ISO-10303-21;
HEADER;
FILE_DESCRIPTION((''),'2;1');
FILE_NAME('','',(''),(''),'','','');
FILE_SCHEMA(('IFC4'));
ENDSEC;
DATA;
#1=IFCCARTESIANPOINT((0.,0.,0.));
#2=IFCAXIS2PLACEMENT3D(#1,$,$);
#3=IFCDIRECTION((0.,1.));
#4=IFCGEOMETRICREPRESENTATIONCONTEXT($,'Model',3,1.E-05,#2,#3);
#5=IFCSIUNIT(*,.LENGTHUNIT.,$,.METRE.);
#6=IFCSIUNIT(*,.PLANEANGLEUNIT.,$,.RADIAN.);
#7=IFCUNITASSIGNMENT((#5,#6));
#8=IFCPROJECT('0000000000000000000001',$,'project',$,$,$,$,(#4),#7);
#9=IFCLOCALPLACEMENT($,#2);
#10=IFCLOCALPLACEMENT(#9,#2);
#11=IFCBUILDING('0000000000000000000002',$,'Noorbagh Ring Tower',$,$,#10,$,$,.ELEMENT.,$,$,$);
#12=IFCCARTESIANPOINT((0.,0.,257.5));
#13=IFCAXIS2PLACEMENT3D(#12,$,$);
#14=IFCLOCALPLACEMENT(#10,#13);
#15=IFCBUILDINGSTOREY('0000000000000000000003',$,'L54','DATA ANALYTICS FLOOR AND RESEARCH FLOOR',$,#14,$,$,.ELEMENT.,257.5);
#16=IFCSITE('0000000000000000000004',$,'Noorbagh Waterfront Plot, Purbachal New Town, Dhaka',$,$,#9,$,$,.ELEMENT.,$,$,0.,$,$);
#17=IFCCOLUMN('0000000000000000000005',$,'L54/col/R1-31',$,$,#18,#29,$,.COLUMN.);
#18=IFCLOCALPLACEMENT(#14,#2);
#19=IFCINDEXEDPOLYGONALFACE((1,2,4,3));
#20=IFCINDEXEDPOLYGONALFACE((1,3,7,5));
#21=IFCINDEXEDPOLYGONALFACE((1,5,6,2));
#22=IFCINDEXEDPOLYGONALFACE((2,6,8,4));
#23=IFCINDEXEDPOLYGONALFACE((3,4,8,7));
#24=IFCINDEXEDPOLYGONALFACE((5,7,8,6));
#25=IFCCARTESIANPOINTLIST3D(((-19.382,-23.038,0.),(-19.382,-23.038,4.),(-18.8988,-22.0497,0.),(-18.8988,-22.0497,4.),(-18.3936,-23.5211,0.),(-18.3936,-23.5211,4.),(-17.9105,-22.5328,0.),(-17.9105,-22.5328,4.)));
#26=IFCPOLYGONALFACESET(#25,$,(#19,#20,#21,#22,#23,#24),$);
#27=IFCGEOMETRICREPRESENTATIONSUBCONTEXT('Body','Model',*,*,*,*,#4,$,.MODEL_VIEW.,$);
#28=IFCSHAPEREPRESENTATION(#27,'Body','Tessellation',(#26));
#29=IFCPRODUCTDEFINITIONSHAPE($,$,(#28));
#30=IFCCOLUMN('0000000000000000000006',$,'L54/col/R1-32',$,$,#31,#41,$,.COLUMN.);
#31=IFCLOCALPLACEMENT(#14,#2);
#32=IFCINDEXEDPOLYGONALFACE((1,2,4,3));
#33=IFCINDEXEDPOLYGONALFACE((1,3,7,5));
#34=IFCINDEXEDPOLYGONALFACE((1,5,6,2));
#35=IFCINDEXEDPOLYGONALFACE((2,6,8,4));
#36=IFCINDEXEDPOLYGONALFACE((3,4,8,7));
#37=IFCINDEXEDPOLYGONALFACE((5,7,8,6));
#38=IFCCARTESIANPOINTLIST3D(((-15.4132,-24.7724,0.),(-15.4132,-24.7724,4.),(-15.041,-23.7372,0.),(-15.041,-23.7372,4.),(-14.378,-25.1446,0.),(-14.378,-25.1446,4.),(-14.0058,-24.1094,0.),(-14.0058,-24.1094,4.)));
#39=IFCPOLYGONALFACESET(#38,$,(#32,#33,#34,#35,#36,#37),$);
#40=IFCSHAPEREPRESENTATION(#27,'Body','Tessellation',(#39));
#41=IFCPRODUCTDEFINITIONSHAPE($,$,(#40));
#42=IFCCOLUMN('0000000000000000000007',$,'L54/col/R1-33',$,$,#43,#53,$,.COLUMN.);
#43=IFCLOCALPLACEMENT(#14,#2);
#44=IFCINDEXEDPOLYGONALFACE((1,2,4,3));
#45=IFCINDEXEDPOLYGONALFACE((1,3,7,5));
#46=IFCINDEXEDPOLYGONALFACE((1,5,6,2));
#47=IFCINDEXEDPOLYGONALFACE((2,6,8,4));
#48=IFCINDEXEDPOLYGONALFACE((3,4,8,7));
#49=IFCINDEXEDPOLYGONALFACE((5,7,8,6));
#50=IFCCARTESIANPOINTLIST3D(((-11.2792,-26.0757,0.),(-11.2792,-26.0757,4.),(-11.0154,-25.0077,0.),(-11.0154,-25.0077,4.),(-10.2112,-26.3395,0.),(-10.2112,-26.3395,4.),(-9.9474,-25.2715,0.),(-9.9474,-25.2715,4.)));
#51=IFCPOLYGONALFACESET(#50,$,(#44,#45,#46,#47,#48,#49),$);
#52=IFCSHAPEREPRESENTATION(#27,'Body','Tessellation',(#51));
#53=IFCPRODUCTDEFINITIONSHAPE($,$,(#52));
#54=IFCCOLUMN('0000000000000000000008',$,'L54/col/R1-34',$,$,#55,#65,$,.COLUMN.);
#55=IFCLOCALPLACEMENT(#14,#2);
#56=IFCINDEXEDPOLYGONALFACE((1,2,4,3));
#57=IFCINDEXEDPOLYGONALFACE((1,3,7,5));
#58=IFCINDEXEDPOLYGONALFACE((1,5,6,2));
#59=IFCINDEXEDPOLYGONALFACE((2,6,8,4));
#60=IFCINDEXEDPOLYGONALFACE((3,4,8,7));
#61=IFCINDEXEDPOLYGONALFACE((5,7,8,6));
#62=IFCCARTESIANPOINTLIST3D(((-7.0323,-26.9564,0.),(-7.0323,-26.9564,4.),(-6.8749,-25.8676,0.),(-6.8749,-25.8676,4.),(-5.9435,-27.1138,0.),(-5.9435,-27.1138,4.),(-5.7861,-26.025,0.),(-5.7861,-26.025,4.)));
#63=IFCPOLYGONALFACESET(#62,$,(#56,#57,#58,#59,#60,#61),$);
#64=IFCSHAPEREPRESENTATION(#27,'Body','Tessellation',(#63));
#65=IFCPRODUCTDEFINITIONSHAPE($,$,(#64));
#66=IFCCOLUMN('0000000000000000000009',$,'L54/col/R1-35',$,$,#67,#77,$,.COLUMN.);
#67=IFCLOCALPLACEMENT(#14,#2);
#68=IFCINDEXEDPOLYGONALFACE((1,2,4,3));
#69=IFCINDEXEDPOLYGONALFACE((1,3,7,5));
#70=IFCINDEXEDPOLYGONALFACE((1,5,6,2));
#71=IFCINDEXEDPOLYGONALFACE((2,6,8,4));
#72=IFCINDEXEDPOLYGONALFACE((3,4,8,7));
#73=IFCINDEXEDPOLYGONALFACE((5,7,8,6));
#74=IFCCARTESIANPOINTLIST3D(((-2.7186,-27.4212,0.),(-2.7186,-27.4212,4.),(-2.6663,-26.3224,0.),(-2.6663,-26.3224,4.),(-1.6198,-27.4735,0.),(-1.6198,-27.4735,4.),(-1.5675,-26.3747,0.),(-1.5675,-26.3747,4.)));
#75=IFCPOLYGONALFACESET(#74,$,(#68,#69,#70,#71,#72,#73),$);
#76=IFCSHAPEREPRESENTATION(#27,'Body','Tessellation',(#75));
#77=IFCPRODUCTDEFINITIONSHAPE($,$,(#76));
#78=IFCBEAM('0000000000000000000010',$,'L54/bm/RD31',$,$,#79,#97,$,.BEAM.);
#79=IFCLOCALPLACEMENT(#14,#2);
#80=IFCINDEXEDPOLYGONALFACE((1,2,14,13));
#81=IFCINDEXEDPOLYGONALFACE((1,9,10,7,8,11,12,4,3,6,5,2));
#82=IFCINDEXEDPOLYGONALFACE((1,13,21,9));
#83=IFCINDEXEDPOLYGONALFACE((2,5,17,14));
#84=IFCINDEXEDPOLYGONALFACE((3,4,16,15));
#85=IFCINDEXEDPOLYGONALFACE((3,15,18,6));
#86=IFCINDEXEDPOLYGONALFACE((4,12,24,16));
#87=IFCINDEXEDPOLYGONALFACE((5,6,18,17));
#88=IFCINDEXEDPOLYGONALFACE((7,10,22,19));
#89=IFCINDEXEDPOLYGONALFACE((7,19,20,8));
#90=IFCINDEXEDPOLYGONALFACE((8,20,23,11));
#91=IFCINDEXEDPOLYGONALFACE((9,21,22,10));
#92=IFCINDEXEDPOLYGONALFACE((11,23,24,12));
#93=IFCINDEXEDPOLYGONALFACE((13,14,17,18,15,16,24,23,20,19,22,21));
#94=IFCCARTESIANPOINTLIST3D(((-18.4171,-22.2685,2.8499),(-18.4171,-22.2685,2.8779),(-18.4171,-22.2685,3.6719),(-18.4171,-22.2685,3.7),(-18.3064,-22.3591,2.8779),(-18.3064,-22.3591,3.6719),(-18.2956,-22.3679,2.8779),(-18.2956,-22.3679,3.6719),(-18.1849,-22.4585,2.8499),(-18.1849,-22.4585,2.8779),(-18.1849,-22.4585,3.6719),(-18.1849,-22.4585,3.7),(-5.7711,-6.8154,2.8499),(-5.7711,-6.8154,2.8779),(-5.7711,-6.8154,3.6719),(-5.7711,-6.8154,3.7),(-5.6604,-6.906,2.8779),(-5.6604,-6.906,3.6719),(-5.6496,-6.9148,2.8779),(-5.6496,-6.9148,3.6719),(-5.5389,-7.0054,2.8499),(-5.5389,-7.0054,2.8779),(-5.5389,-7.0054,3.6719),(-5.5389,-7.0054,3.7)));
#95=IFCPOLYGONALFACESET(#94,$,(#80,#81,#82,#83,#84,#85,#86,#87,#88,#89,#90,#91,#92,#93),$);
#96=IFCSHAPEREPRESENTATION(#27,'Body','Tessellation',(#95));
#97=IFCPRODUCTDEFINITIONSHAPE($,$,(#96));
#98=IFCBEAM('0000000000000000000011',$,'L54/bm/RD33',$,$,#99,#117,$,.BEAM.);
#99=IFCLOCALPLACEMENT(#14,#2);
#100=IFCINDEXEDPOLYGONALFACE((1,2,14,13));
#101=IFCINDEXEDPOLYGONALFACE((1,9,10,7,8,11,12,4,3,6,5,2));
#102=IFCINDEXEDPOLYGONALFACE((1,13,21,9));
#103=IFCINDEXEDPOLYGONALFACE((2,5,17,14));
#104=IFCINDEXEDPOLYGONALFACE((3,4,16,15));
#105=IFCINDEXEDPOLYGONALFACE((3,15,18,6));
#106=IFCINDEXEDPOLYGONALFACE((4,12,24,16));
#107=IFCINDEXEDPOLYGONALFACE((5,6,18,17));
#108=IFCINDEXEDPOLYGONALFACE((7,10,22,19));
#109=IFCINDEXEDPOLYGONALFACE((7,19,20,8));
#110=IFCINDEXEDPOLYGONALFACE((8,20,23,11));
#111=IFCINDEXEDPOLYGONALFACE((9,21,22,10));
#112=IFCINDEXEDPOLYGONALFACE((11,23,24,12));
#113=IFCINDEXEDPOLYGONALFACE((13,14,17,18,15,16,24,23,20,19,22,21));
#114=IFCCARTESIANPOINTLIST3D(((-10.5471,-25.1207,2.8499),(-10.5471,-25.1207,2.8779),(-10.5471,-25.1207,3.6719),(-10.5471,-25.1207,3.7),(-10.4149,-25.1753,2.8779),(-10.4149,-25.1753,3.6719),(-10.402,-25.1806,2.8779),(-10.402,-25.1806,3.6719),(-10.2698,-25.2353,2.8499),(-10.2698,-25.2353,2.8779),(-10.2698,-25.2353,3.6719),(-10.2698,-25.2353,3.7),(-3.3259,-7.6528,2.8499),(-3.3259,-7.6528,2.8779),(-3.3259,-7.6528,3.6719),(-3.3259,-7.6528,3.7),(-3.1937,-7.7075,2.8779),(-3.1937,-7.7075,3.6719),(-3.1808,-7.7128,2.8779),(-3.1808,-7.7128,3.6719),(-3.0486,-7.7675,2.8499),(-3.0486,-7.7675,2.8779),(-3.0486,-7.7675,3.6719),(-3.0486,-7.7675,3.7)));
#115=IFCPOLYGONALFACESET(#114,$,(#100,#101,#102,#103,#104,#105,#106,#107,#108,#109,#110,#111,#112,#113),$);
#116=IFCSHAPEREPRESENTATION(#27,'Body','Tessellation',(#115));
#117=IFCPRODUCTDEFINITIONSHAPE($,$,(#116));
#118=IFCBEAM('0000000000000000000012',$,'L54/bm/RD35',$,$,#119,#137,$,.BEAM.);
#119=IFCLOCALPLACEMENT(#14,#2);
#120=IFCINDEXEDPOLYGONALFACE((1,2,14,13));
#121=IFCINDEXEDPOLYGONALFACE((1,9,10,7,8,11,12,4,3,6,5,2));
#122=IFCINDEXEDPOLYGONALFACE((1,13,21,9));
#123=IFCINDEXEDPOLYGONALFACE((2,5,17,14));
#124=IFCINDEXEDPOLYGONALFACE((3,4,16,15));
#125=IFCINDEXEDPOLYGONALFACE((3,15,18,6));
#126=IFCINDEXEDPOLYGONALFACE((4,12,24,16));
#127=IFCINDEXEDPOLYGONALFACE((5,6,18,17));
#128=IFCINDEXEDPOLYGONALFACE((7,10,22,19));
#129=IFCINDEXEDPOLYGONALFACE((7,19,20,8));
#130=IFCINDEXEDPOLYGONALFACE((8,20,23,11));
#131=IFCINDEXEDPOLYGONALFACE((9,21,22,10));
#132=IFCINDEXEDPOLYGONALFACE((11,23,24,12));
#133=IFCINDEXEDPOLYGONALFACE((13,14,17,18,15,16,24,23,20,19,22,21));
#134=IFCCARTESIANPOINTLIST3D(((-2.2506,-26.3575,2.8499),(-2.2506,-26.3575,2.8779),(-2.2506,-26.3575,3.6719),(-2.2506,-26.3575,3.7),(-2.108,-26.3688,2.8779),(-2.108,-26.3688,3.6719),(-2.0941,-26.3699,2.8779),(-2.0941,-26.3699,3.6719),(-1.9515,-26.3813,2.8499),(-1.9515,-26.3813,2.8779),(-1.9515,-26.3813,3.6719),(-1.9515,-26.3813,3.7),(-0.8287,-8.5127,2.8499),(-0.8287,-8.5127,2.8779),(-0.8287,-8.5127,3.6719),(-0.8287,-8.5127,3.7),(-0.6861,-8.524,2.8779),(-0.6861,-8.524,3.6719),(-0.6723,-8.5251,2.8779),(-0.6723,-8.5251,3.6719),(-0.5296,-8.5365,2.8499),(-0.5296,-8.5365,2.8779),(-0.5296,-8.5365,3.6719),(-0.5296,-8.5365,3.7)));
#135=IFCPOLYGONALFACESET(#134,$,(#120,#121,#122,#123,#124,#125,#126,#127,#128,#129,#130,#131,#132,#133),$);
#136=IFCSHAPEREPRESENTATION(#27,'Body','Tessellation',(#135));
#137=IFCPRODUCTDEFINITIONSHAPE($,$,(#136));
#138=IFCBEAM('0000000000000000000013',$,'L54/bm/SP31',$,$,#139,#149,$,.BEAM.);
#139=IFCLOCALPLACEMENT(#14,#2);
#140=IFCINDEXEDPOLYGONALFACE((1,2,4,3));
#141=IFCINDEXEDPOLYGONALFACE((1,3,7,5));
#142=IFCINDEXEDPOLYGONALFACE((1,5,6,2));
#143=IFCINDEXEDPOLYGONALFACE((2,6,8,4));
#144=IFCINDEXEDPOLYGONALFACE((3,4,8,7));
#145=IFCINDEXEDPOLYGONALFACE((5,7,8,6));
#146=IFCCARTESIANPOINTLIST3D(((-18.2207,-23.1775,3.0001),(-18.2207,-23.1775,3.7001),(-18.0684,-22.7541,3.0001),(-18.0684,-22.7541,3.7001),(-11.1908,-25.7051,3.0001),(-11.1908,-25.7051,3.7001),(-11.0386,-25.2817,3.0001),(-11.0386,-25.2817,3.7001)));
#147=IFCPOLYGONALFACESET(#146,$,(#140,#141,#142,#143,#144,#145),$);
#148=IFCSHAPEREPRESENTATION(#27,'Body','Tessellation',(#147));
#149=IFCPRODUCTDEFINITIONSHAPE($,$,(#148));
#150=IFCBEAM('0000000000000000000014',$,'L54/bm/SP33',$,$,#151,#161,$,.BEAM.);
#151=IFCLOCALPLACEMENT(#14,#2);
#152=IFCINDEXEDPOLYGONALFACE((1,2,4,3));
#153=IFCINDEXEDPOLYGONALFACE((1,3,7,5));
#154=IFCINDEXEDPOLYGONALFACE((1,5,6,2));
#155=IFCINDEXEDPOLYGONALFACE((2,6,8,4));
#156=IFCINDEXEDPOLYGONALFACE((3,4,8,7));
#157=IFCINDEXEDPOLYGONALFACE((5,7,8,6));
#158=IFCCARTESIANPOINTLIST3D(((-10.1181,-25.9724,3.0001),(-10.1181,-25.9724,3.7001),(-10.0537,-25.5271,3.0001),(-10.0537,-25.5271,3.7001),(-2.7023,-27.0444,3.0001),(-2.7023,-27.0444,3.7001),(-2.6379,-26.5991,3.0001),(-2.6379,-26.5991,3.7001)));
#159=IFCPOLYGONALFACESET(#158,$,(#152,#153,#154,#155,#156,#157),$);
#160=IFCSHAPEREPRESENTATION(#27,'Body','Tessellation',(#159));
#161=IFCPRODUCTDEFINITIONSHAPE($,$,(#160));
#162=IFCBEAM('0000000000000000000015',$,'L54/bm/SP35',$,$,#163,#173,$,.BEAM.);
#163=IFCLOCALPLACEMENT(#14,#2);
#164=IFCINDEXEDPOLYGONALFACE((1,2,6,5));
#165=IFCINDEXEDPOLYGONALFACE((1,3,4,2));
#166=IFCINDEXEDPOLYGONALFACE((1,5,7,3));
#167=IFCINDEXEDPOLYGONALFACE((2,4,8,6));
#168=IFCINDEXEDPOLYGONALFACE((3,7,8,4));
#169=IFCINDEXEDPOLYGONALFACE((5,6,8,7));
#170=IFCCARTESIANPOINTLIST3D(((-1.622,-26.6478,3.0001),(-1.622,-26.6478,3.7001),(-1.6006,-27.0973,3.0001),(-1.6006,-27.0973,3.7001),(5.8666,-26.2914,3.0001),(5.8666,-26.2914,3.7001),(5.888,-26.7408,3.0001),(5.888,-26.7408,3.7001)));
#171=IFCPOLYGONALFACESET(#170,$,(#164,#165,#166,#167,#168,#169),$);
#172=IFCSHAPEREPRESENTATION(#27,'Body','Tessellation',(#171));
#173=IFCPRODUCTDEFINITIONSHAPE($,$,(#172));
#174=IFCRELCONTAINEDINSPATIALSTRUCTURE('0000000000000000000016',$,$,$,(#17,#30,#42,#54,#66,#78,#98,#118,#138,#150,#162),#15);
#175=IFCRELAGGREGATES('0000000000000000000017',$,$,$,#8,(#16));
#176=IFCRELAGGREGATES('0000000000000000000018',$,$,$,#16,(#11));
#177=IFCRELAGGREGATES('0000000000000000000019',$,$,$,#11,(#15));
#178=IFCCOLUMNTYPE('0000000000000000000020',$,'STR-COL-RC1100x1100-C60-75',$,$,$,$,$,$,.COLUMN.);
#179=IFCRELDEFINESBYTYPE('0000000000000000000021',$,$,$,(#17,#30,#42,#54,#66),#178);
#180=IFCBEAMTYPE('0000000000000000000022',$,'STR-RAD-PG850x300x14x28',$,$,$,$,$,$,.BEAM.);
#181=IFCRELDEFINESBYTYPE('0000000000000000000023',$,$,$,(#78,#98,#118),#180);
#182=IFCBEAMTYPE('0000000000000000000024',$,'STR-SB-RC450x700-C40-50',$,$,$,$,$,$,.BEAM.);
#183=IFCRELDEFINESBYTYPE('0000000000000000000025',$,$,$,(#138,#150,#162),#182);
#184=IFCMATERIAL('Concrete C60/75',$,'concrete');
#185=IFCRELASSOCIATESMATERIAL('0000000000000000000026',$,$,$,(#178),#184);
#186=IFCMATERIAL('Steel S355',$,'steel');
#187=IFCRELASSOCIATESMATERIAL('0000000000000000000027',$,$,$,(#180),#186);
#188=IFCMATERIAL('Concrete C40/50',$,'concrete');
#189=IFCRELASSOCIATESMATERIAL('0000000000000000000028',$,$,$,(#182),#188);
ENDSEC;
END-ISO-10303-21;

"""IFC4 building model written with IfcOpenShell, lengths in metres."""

from ifc_helpers import new_model, si_unit, direction, frame, origin, origin_2d, place, context, subcontext, project, spatial, rectangle, i_section, extrude, material, material_profile, profile_set, type_object, element, save


model = new_model("IFC4")

# Units and contexts
model_context = context("Model", 3, precision=1e-05, world=origin(), true_north=direction((0.0, 1.0)))
body_context = subcontext(model_context, "Body", "Model", "MODEL_VIEW")
ifc_project = project(units=[si_unit("LENGTHUNIT", "METRE"), si_unit("PLANEANGLEUNIT", "RADIAN")], contexts=[model_context])

# Site, building, storey
site_placement = place(None, origin())
site = spatial("IfcSite", under=ifc_project, at=site_placement, Name="Noorbagh Waterfront Plot, Purbachal New Town, Dhaka", CompositionType="ELEMENT", RefElevation=0.0)
building_placement = place(site_placement, origin())
building = spatial("IfcBuilding", under=site, at=building_placement, Name="Noorbagh Ring Tower", CompositionType="ELEMENT")
storey_placement = place(building_placement, frame((0.0, 0.0, 257.5)))
storey = spatial("IfcBuildingStorey", under=building, at=storey_placement, Name="L54", Description="DATA ANALYTICS FLOOR AND RESEARCH FLOOR", CompositionType="ELEMENT", Elevation=257.5)

# Columns
ifc_material_1 = material(Name="Concrete C60/75", Category="concrete")
ifc_material_profile_1 = material_profile(ifc_material_1, rectangle(XDim=1.1001, YDim=1.1001, at=origin_2d()), Name="RC1100x1100")
ifc_profile_set_1 = profile_set([ifc_material_profile_1], Name="Concrete C60/75")
column_type = type_object("IfcColumnType", Name="STR-COL-RC1100x1100-C60-75", PredefinedType="COLUMN", material=ifc_profile_set_1)
for number, where, z_axis, x_axis, name in (
    (1, (-18.6462, -22.7854, 0.0), (0.0, 0.0, 1.0), (0.898399, -0.43918, 0.0), "L54/col/R1-31"),
    (2, (-14.7095, -24.4409, 0.0), (0.0, 0.0, 1.0), (0.941025, -0.338338, 0.0), "L54/col/R1-32"),
    (3, (-10.6133, -25.6736, 0.0), (0.0, 0.0, 1.0), (0.970829, -0.239771, 0.0), "L54/col/R1-33"),
    (4, (-6.4092, -26.4907, 0.0), (0.0, 0.0, 1.0), (0.989713, -0.143066, 0.0), "L54/col/R1-34"),
    (5, (-2.1431, -26.8979, 0.0), (0.0, 0.0, 1.0), (0.998869, -0.047553, 0.0), "L54/col/R1-35"),
):
    element("IfcColumn", number, at=place(storey_placement, frame(where, z_axis=z_axis, x_axis=x_axis)), inside=storey, type_object=column_type, Name=name, PredefinedType="COLUMN", context=body_context, shape_type="SweptSolid", body=[
        extrude(rectangle(XDim=1.1001, YDim=1.1001, at=origin_2d()), origin(), (0.0, 0.0, 1.0), 4.0),
    ])

# Beams
ifc_material_2 = material(Name="Steel S355", Category="steel")
ifc_material_profile_2 = material_profile(ifc_material_2, i_section(OverallWidth=0.3, OverallDepth=0.8501, WebThickness=0.0139, FlangeThickness=0.0281, at=origin_2d()), Name="PG850x300x14x28")
ifc_profile_set_2 = profile_set([ifc_material_profile_2], Name="Steel S355")
beam_type_1 = type_object("IfcBeamType", Name="STR-RAD-PG850x300x14x28", PredefinedType="BEAM", material=ifc_profile_set_2)
beam_1_placement = place(storey_placement, frame((-18.301, -22.3635, 3.2749), z_axis=(0.633314, 0.773895, 0.0), x_axis=(-0.773895, 0.633314, 0.0)))
element("IfcBeam", 6, at=beam_1_placement, inside=storey, type_object=beam_type_1, Name="L54/bm/RD31", PredefinedType="BEAM", context=body_context, shape_type="SweptSolid", body=[
    extrude(i_section(OverallWidth=0.3, OverallDepth=0.8501, WebThickness=0.0139, FlangeThickness=0.0281, at=origin_2d()), origin(), (0.0, 0.0, 1.0), 19.968),
])
beam_2_placement = place(storey_placement, frame((-10.4084, -25.178, 3.2749), z_axis=(0.382042, 0.924145, 0.0), x_axis=(-0.924145, 0.382042, 0.0)))
element("IfcBeam", 7, at=beam_2_placement, inside=storey, type_object=beam_type_1, Name="L54/bm/RD33", PredefinedType="BEAM", context=body_context, shape_type="SweptSolid", body=[
    extrude(i_section(OverallWidth=0.3, OverallDepth=0.8501, WebThickness=0.0139, FlangeThickness=0.0281, at=origin_2d()), origin(), (0.0, 0.0, 1.0), 18.9016),
])
beam_3_placement = place(storey_placement, frame((-2.1011, -26.3694, 3.2749), z_axis=(0.079429, 0.996841, 0.0), x_axis=(-0.996841, 0.079429, 0.0)))
element("IfcBeam", 8, at=beam_3_placement, inside=storey, type_object=beam_type_1, Name="L54/bm/RD35", PredefinedType="BEAM", context=body_context, shape_type="SweptSolid", body=[
    extrude(i_section(OverallWidth=0.3, OverallDepth=0.8501, WebThickness=0.0139, FlangeThickness=0.0281, at=origin_2d()), origin(), (0.0, 0.0, 1.0), 17.9014),
])
ifc_material_3 = material(Name="Concrete C40/50", Category="concrete")
ifc_material_profile_3 = material_profile(ifc_material_3, rectangle(XDim=0.45, YDim=0.7, at=origin_2d()), Name="RC450x700")
ifc_profile_set_3 = profile_set([ifc_material_profile_3], Name="Concrete C40/50")
beam_type_2 = type_object("IfcBeamType", Name="STR-SB-RC450x700-C40-50", PredefinedType="BEAM", material=ifc_profile_set_3)
beam_4_placement = place(storey_placement, frame((-18.1445, -22.9658, 3.3501), z_axis=(0.941021, -0.338348, 0.0), x_axis=(0.338348, 0.941021, 0.0)))
element("IfcBeam", 9, at=beam_4_placement, inside=storey, type_object=beam_type_2, Name="L54/bm/SP31", PredefinedType="BEAM", context=body_context, shape_type="SweptSolid", body=[
    extrude(rectangle(XDim=0.45, YDim=0.7, at=origin_2d()), origin(), (0.0, 0.0, 1.0), 7.4705),
])
beam_5_placement = place(storey_placement, frame((-10.0859, -25.7498, 3.3501), z_axis=(0.989712, -0.143072, 0.0), x_axis=(0.143072, 0.989712, 0.0)))
element("IfcBeam", 10, at=beam_5_placement, inside=storey, type_object=beam_type_2, Name="L54/bm/SP33", PredefinedType="BEAM", context=body_context, shape_type="SweptSolid", body=[
    extrude(rectangle(XDim=0.45, YDim=0.7, at=origin_2d()), origin(), (0.0, 0.0, 1.0), 7.4929),
])
beam_6_placement = place(storey_placement, frame((-1.6113, -26.8726, 3.3501), z_axis=(0.998869, 0.047545, 0.0), x_axis=(-0.047545, 0.998869, 0.0)))
element("IfcBeam", 11, at=beam_6_placement, inside=storey, type_object=beam_type_2, Name="L54/bm/SP35", PredefinedType="BEAM", context=body_context, shape_type="SweptSolid", body=[
    extrude(rectangle(XDim=0.45, YDim=0.7, at=origin_2d()), origin(), (0.0, 0.0, 1.0), 7.4971),
])

save(model, "model.ifc")
